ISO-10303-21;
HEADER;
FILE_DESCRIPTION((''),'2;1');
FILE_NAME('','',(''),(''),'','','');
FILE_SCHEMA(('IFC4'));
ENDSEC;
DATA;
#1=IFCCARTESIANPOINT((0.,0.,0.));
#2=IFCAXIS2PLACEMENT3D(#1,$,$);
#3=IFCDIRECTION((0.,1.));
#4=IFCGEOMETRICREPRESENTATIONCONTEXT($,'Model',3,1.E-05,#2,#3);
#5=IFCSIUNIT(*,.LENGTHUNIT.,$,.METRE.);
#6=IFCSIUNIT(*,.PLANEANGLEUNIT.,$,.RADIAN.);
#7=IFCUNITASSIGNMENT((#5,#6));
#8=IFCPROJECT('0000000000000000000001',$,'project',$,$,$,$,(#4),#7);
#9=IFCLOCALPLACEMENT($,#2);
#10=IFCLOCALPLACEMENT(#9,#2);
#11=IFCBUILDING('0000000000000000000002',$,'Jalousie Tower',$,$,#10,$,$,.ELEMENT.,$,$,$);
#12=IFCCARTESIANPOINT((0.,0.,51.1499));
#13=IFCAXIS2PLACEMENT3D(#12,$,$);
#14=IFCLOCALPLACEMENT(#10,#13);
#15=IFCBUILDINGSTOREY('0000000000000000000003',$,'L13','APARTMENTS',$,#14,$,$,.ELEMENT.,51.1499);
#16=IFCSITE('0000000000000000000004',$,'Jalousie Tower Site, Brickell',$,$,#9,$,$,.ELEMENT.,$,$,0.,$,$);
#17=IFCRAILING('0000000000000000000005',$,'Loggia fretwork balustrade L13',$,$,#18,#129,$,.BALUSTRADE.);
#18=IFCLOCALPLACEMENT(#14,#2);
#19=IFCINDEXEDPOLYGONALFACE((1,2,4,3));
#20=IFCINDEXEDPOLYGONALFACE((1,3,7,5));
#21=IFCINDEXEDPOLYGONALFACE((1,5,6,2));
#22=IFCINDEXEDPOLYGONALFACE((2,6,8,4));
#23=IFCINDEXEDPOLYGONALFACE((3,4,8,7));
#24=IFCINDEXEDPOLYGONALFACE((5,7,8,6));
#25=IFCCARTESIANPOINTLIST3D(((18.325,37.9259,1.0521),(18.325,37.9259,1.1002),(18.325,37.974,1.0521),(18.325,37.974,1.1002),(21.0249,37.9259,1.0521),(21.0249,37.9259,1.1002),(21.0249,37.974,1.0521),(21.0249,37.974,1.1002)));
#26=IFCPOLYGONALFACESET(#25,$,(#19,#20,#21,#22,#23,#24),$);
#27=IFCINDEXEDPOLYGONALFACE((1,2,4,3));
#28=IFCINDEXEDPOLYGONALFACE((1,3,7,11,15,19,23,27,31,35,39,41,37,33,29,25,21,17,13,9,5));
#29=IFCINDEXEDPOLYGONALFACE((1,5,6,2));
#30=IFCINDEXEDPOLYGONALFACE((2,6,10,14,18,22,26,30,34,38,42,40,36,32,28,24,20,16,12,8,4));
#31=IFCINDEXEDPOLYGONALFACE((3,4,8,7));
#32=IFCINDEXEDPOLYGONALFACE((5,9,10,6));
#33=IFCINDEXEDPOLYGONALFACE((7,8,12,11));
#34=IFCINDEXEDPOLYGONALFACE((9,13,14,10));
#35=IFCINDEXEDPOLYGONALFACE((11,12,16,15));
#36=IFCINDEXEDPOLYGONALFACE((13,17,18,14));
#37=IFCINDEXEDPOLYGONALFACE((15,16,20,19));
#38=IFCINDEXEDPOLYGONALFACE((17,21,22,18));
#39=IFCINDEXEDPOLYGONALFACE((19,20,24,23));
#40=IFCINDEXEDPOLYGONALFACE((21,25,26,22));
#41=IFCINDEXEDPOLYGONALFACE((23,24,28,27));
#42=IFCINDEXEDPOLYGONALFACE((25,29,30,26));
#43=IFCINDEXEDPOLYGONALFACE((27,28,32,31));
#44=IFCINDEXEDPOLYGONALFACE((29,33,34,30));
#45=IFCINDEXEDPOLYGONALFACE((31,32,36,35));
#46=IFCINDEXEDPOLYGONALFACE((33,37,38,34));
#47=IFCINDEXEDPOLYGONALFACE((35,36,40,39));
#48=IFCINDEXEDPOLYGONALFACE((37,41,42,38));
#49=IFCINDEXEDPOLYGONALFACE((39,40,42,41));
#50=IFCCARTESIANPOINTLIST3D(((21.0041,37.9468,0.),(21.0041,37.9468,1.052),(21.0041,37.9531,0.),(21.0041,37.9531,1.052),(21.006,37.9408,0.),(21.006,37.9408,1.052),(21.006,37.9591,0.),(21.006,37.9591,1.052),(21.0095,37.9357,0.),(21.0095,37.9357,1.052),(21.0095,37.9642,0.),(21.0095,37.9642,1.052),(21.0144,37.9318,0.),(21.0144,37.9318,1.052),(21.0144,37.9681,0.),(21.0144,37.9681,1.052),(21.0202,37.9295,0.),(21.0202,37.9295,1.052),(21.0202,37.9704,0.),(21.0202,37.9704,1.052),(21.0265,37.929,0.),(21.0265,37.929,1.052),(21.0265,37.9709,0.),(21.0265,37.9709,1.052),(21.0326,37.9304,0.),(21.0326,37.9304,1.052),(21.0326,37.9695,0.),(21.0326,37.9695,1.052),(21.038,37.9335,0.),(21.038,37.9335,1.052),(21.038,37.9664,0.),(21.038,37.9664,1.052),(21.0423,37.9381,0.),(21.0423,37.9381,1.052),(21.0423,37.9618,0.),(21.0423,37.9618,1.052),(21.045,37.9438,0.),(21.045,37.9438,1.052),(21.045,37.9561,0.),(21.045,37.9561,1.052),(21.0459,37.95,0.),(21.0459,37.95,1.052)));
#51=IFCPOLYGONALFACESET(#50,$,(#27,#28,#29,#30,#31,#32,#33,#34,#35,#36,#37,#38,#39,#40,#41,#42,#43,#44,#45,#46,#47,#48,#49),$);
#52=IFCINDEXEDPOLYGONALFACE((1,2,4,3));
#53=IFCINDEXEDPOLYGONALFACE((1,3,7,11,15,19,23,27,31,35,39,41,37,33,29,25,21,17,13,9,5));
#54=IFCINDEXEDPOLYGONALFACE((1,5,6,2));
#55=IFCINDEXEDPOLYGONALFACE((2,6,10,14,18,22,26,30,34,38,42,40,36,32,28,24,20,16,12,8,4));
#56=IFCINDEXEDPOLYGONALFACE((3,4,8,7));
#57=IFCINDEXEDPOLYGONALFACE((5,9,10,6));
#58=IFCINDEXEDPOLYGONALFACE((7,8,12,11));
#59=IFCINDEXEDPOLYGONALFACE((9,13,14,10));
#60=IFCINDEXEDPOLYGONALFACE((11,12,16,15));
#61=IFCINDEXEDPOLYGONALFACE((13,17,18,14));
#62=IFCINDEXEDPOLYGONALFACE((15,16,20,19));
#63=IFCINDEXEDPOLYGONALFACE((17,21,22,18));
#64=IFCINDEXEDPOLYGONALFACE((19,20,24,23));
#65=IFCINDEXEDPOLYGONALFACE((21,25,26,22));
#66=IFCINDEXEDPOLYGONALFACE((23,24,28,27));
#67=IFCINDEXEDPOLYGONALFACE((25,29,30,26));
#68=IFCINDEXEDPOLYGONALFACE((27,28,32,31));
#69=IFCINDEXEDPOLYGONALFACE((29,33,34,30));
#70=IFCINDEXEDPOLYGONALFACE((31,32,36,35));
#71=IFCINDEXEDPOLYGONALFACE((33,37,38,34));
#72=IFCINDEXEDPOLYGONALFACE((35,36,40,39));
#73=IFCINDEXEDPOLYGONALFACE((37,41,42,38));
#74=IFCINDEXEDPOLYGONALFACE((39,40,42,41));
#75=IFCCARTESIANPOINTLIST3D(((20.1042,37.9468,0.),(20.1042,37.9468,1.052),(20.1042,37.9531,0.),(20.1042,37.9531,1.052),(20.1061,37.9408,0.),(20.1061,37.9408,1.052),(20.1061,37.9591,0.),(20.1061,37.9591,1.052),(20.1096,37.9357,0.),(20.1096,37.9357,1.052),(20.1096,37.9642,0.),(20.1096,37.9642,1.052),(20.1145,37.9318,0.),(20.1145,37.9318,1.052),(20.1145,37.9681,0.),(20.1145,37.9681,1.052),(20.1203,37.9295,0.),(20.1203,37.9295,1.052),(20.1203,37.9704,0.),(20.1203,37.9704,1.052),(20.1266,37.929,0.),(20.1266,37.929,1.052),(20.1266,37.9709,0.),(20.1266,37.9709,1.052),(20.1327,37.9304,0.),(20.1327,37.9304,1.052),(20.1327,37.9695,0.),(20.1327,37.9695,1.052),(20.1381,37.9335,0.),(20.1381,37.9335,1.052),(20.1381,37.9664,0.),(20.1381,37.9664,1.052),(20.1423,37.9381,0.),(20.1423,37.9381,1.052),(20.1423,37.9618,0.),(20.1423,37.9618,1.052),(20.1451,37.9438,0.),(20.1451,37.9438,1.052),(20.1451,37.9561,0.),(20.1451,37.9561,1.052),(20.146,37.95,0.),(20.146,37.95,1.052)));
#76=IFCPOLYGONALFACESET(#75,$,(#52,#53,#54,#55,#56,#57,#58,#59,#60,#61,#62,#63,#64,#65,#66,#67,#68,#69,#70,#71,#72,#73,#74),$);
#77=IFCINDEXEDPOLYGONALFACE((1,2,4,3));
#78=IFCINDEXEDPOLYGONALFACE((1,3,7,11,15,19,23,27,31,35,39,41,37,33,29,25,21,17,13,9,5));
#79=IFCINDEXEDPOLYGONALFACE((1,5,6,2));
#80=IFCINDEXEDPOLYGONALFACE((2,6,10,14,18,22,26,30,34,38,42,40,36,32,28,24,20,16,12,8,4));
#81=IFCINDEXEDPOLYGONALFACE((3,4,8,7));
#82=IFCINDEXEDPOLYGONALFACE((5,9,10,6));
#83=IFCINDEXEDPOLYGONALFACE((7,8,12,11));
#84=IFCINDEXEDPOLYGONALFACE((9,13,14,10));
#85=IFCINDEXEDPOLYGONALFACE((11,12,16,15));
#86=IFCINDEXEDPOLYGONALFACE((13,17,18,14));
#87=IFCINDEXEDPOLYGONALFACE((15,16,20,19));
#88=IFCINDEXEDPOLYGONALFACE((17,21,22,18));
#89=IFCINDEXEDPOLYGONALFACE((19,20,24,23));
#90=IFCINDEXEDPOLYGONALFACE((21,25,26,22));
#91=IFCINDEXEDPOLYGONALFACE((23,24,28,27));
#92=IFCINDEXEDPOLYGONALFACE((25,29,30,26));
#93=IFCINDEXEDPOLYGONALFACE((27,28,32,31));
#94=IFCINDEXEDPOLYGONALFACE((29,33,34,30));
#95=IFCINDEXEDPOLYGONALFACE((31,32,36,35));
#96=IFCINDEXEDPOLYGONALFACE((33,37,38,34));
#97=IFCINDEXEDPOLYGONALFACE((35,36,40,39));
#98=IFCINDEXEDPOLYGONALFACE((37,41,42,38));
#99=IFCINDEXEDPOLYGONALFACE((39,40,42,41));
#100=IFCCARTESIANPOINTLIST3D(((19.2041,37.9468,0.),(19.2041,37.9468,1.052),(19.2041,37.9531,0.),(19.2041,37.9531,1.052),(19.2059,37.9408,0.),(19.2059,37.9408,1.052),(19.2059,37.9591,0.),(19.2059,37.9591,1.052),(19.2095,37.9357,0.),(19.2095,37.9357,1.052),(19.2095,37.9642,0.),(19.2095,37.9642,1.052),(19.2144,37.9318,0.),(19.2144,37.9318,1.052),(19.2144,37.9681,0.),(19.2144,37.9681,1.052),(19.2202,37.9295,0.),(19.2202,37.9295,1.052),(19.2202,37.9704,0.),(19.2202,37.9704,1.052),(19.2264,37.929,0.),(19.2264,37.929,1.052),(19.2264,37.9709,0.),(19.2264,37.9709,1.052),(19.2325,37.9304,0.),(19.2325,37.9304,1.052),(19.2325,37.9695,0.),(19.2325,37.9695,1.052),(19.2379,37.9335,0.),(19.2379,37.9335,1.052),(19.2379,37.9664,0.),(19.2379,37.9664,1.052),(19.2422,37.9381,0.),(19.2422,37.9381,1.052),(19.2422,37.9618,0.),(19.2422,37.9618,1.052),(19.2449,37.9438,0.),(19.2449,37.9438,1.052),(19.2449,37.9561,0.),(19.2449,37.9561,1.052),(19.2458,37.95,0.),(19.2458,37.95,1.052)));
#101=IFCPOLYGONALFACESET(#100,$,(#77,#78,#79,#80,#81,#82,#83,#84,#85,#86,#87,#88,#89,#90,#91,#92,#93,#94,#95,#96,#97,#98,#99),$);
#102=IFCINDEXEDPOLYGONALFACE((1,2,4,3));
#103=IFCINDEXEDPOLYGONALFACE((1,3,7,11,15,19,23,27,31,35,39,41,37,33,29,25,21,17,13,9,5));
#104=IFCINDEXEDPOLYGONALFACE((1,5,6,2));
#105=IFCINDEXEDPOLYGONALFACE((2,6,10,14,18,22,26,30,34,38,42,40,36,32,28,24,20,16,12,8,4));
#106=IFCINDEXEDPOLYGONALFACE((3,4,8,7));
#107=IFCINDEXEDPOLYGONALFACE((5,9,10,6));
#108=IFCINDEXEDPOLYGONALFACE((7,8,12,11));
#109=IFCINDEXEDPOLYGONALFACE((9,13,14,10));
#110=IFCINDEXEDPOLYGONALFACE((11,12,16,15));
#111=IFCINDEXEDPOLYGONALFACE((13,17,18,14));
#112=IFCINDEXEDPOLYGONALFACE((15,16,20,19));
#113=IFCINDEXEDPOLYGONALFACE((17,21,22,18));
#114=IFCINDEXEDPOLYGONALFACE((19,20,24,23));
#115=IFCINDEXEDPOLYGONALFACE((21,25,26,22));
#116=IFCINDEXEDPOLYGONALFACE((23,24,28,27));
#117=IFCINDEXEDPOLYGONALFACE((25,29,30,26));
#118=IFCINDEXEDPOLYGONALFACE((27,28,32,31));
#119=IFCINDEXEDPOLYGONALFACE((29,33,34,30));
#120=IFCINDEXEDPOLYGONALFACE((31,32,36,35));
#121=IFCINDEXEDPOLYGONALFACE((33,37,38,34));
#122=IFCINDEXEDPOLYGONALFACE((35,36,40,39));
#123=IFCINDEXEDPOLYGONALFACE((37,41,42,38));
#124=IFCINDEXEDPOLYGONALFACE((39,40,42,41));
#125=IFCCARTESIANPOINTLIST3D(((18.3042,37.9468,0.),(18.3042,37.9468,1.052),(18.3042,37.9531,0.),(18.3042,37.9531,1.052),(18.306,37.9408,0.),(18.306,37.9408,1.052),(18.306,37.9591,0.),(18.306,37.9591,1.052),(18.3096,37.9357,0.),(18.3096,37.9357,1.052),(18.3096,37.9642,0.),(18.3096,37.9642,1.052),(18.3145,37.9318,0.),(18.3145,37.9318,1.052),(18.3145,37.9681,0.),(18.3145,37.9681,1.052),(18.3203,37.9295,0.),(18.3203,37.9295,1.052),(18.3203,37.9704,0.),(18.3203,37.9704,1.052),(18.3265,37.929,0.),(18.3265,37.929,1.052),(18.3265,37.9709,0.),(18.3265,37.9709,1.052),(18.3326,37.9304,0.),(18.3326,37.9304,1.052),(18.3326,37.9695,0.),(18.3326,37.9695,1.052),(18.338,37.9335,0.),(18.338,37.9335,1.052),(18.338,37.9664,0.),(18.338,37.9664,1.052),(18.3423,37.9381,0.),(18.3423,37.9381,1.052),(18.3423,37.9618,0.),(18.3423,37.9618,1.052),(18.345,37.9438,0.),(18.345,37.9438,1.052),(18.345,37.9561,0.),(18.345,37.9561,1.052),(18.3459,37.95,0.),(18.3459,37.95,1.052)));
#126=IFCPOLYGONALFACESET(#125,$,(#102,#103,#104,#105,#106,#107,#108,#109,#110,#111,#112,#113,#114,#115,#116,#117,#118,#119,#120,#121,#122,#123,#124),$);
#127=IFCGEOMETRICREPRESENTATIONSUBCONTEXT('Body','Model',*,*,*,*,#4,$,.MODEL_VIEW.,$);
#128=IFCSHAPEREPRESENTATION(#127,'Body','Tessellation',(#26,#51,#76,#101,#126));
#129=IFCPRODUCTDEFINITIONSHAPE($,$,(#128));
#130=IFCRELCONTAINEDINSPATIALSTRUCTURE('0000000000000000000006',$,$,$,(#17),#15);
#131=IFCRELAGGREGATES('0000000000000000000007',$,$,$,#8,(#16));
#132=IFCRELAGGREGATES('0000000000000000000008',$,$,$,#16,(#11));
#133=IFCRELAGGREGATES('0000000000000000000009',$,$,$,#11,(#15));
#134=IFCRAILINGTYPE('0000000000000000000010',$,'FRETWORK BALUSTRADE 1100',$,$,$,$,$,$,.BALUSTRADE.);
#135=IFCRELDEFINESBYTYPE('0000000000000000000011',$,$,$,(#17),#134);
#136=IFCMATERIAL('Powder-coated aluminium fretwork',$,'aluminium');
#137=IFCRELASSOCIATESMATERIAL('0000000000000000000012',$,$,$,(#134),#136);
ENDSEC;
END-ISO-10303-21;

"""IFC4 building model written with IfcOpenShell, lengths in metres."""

from ifc_helpers import new_model, si_unit, direction, frame, origin, origin_2d, place, context, subcontext, project, spatial, rectangle, circle, extrude, material, type_object, element, save


model = new_model("IFC4")

# Units and contexts
model_context = context("Model", 3, precision=1e-05, world=origin(), true_north=direction((0.0, 1.0)))
body_context = subcontext(model_context, "Body", "Model", "MODEL_VIEW")
ifc_project = project(units=[si_unit("LENGTHUNIT", "METRE"), si_unit("PLANEANGLEUNIT", "RADIAN")], contexts=[model_context])

# Site, building, storey
site_placement = place(None, origin())
site = spatial("IfcSite", under=ifc_project, at=site_placement, Name="Jalousie Tower Site, Brickell", CompositionType="ELEMENT", RefElevation=0.0)
building_placement = place(site_placement, origin())
building = spatial("IfcBuilding", under=site, at=building_placement, Name="Jalousie Tower", CompositionType="ELEMENT")
storey_placement = place(building_placement, frame((0.0, 0.0, 51.1499)))
storey = spatial("IfcBuildingStorey", under=building, at=storey_placement, Name="L13", Description="APARTMENTS", CompositionType="ELEMENT", Elevation=51.1499)

# Railing
ifc_material_1 = material(Name="Powder-coated aluminium fretwork", Category="aluminium")
railing_type = type_object("IfcRailingType", Name="FRETWORK BALUSTRADE 1100", PredefinedType="BALUSTRADE", material=ifc_material_1)
railing_placement = place(storey_placement, frame((21.0249, 37.95, 0.0)))
element("IfcRailing", 1, at=railing_placement, inside=storey, type_object=railing_type, Name="Loggia fretwork balustrade L13", PredefinedType="BALUSTRADE", context=body_context, shape_type="SweptSolid", body=[
    extrude(rectangle(XDim=0.0481, YDim=0.0481, at=origin_2d()), frame((0.0, 0.0, 1.0762), z_axis=(-1.0, 0.0, 0.0), x_axis=(0.0, -1.0, 0.0)), (0.0, 0.0, 1.0), 2.7),
    extrude(circle(Radius=0.021, at=origin_2d()), origin(), (0.0, 0.0, 1.0), 1.052),
    extrude(circle(Radius=0.021, at=origin_2d()), frame((-0.8999, 0.0, 0.0)), (0.0, 0.0, 1.0), 1.052),
    extrude(circle(Radius=0.021, at=origin_2d()), frame((-1.8, 0.0, 0.0)), (0.0, 0.0, 1.0), 1.052),
    extrude(circle(Radius=0.021, at=origin_2d()), frame((-2.7, 0.0, 0.0)), (0.0, 0.0, 1.0), 1.052),
])

save(model, "model.ifc")
